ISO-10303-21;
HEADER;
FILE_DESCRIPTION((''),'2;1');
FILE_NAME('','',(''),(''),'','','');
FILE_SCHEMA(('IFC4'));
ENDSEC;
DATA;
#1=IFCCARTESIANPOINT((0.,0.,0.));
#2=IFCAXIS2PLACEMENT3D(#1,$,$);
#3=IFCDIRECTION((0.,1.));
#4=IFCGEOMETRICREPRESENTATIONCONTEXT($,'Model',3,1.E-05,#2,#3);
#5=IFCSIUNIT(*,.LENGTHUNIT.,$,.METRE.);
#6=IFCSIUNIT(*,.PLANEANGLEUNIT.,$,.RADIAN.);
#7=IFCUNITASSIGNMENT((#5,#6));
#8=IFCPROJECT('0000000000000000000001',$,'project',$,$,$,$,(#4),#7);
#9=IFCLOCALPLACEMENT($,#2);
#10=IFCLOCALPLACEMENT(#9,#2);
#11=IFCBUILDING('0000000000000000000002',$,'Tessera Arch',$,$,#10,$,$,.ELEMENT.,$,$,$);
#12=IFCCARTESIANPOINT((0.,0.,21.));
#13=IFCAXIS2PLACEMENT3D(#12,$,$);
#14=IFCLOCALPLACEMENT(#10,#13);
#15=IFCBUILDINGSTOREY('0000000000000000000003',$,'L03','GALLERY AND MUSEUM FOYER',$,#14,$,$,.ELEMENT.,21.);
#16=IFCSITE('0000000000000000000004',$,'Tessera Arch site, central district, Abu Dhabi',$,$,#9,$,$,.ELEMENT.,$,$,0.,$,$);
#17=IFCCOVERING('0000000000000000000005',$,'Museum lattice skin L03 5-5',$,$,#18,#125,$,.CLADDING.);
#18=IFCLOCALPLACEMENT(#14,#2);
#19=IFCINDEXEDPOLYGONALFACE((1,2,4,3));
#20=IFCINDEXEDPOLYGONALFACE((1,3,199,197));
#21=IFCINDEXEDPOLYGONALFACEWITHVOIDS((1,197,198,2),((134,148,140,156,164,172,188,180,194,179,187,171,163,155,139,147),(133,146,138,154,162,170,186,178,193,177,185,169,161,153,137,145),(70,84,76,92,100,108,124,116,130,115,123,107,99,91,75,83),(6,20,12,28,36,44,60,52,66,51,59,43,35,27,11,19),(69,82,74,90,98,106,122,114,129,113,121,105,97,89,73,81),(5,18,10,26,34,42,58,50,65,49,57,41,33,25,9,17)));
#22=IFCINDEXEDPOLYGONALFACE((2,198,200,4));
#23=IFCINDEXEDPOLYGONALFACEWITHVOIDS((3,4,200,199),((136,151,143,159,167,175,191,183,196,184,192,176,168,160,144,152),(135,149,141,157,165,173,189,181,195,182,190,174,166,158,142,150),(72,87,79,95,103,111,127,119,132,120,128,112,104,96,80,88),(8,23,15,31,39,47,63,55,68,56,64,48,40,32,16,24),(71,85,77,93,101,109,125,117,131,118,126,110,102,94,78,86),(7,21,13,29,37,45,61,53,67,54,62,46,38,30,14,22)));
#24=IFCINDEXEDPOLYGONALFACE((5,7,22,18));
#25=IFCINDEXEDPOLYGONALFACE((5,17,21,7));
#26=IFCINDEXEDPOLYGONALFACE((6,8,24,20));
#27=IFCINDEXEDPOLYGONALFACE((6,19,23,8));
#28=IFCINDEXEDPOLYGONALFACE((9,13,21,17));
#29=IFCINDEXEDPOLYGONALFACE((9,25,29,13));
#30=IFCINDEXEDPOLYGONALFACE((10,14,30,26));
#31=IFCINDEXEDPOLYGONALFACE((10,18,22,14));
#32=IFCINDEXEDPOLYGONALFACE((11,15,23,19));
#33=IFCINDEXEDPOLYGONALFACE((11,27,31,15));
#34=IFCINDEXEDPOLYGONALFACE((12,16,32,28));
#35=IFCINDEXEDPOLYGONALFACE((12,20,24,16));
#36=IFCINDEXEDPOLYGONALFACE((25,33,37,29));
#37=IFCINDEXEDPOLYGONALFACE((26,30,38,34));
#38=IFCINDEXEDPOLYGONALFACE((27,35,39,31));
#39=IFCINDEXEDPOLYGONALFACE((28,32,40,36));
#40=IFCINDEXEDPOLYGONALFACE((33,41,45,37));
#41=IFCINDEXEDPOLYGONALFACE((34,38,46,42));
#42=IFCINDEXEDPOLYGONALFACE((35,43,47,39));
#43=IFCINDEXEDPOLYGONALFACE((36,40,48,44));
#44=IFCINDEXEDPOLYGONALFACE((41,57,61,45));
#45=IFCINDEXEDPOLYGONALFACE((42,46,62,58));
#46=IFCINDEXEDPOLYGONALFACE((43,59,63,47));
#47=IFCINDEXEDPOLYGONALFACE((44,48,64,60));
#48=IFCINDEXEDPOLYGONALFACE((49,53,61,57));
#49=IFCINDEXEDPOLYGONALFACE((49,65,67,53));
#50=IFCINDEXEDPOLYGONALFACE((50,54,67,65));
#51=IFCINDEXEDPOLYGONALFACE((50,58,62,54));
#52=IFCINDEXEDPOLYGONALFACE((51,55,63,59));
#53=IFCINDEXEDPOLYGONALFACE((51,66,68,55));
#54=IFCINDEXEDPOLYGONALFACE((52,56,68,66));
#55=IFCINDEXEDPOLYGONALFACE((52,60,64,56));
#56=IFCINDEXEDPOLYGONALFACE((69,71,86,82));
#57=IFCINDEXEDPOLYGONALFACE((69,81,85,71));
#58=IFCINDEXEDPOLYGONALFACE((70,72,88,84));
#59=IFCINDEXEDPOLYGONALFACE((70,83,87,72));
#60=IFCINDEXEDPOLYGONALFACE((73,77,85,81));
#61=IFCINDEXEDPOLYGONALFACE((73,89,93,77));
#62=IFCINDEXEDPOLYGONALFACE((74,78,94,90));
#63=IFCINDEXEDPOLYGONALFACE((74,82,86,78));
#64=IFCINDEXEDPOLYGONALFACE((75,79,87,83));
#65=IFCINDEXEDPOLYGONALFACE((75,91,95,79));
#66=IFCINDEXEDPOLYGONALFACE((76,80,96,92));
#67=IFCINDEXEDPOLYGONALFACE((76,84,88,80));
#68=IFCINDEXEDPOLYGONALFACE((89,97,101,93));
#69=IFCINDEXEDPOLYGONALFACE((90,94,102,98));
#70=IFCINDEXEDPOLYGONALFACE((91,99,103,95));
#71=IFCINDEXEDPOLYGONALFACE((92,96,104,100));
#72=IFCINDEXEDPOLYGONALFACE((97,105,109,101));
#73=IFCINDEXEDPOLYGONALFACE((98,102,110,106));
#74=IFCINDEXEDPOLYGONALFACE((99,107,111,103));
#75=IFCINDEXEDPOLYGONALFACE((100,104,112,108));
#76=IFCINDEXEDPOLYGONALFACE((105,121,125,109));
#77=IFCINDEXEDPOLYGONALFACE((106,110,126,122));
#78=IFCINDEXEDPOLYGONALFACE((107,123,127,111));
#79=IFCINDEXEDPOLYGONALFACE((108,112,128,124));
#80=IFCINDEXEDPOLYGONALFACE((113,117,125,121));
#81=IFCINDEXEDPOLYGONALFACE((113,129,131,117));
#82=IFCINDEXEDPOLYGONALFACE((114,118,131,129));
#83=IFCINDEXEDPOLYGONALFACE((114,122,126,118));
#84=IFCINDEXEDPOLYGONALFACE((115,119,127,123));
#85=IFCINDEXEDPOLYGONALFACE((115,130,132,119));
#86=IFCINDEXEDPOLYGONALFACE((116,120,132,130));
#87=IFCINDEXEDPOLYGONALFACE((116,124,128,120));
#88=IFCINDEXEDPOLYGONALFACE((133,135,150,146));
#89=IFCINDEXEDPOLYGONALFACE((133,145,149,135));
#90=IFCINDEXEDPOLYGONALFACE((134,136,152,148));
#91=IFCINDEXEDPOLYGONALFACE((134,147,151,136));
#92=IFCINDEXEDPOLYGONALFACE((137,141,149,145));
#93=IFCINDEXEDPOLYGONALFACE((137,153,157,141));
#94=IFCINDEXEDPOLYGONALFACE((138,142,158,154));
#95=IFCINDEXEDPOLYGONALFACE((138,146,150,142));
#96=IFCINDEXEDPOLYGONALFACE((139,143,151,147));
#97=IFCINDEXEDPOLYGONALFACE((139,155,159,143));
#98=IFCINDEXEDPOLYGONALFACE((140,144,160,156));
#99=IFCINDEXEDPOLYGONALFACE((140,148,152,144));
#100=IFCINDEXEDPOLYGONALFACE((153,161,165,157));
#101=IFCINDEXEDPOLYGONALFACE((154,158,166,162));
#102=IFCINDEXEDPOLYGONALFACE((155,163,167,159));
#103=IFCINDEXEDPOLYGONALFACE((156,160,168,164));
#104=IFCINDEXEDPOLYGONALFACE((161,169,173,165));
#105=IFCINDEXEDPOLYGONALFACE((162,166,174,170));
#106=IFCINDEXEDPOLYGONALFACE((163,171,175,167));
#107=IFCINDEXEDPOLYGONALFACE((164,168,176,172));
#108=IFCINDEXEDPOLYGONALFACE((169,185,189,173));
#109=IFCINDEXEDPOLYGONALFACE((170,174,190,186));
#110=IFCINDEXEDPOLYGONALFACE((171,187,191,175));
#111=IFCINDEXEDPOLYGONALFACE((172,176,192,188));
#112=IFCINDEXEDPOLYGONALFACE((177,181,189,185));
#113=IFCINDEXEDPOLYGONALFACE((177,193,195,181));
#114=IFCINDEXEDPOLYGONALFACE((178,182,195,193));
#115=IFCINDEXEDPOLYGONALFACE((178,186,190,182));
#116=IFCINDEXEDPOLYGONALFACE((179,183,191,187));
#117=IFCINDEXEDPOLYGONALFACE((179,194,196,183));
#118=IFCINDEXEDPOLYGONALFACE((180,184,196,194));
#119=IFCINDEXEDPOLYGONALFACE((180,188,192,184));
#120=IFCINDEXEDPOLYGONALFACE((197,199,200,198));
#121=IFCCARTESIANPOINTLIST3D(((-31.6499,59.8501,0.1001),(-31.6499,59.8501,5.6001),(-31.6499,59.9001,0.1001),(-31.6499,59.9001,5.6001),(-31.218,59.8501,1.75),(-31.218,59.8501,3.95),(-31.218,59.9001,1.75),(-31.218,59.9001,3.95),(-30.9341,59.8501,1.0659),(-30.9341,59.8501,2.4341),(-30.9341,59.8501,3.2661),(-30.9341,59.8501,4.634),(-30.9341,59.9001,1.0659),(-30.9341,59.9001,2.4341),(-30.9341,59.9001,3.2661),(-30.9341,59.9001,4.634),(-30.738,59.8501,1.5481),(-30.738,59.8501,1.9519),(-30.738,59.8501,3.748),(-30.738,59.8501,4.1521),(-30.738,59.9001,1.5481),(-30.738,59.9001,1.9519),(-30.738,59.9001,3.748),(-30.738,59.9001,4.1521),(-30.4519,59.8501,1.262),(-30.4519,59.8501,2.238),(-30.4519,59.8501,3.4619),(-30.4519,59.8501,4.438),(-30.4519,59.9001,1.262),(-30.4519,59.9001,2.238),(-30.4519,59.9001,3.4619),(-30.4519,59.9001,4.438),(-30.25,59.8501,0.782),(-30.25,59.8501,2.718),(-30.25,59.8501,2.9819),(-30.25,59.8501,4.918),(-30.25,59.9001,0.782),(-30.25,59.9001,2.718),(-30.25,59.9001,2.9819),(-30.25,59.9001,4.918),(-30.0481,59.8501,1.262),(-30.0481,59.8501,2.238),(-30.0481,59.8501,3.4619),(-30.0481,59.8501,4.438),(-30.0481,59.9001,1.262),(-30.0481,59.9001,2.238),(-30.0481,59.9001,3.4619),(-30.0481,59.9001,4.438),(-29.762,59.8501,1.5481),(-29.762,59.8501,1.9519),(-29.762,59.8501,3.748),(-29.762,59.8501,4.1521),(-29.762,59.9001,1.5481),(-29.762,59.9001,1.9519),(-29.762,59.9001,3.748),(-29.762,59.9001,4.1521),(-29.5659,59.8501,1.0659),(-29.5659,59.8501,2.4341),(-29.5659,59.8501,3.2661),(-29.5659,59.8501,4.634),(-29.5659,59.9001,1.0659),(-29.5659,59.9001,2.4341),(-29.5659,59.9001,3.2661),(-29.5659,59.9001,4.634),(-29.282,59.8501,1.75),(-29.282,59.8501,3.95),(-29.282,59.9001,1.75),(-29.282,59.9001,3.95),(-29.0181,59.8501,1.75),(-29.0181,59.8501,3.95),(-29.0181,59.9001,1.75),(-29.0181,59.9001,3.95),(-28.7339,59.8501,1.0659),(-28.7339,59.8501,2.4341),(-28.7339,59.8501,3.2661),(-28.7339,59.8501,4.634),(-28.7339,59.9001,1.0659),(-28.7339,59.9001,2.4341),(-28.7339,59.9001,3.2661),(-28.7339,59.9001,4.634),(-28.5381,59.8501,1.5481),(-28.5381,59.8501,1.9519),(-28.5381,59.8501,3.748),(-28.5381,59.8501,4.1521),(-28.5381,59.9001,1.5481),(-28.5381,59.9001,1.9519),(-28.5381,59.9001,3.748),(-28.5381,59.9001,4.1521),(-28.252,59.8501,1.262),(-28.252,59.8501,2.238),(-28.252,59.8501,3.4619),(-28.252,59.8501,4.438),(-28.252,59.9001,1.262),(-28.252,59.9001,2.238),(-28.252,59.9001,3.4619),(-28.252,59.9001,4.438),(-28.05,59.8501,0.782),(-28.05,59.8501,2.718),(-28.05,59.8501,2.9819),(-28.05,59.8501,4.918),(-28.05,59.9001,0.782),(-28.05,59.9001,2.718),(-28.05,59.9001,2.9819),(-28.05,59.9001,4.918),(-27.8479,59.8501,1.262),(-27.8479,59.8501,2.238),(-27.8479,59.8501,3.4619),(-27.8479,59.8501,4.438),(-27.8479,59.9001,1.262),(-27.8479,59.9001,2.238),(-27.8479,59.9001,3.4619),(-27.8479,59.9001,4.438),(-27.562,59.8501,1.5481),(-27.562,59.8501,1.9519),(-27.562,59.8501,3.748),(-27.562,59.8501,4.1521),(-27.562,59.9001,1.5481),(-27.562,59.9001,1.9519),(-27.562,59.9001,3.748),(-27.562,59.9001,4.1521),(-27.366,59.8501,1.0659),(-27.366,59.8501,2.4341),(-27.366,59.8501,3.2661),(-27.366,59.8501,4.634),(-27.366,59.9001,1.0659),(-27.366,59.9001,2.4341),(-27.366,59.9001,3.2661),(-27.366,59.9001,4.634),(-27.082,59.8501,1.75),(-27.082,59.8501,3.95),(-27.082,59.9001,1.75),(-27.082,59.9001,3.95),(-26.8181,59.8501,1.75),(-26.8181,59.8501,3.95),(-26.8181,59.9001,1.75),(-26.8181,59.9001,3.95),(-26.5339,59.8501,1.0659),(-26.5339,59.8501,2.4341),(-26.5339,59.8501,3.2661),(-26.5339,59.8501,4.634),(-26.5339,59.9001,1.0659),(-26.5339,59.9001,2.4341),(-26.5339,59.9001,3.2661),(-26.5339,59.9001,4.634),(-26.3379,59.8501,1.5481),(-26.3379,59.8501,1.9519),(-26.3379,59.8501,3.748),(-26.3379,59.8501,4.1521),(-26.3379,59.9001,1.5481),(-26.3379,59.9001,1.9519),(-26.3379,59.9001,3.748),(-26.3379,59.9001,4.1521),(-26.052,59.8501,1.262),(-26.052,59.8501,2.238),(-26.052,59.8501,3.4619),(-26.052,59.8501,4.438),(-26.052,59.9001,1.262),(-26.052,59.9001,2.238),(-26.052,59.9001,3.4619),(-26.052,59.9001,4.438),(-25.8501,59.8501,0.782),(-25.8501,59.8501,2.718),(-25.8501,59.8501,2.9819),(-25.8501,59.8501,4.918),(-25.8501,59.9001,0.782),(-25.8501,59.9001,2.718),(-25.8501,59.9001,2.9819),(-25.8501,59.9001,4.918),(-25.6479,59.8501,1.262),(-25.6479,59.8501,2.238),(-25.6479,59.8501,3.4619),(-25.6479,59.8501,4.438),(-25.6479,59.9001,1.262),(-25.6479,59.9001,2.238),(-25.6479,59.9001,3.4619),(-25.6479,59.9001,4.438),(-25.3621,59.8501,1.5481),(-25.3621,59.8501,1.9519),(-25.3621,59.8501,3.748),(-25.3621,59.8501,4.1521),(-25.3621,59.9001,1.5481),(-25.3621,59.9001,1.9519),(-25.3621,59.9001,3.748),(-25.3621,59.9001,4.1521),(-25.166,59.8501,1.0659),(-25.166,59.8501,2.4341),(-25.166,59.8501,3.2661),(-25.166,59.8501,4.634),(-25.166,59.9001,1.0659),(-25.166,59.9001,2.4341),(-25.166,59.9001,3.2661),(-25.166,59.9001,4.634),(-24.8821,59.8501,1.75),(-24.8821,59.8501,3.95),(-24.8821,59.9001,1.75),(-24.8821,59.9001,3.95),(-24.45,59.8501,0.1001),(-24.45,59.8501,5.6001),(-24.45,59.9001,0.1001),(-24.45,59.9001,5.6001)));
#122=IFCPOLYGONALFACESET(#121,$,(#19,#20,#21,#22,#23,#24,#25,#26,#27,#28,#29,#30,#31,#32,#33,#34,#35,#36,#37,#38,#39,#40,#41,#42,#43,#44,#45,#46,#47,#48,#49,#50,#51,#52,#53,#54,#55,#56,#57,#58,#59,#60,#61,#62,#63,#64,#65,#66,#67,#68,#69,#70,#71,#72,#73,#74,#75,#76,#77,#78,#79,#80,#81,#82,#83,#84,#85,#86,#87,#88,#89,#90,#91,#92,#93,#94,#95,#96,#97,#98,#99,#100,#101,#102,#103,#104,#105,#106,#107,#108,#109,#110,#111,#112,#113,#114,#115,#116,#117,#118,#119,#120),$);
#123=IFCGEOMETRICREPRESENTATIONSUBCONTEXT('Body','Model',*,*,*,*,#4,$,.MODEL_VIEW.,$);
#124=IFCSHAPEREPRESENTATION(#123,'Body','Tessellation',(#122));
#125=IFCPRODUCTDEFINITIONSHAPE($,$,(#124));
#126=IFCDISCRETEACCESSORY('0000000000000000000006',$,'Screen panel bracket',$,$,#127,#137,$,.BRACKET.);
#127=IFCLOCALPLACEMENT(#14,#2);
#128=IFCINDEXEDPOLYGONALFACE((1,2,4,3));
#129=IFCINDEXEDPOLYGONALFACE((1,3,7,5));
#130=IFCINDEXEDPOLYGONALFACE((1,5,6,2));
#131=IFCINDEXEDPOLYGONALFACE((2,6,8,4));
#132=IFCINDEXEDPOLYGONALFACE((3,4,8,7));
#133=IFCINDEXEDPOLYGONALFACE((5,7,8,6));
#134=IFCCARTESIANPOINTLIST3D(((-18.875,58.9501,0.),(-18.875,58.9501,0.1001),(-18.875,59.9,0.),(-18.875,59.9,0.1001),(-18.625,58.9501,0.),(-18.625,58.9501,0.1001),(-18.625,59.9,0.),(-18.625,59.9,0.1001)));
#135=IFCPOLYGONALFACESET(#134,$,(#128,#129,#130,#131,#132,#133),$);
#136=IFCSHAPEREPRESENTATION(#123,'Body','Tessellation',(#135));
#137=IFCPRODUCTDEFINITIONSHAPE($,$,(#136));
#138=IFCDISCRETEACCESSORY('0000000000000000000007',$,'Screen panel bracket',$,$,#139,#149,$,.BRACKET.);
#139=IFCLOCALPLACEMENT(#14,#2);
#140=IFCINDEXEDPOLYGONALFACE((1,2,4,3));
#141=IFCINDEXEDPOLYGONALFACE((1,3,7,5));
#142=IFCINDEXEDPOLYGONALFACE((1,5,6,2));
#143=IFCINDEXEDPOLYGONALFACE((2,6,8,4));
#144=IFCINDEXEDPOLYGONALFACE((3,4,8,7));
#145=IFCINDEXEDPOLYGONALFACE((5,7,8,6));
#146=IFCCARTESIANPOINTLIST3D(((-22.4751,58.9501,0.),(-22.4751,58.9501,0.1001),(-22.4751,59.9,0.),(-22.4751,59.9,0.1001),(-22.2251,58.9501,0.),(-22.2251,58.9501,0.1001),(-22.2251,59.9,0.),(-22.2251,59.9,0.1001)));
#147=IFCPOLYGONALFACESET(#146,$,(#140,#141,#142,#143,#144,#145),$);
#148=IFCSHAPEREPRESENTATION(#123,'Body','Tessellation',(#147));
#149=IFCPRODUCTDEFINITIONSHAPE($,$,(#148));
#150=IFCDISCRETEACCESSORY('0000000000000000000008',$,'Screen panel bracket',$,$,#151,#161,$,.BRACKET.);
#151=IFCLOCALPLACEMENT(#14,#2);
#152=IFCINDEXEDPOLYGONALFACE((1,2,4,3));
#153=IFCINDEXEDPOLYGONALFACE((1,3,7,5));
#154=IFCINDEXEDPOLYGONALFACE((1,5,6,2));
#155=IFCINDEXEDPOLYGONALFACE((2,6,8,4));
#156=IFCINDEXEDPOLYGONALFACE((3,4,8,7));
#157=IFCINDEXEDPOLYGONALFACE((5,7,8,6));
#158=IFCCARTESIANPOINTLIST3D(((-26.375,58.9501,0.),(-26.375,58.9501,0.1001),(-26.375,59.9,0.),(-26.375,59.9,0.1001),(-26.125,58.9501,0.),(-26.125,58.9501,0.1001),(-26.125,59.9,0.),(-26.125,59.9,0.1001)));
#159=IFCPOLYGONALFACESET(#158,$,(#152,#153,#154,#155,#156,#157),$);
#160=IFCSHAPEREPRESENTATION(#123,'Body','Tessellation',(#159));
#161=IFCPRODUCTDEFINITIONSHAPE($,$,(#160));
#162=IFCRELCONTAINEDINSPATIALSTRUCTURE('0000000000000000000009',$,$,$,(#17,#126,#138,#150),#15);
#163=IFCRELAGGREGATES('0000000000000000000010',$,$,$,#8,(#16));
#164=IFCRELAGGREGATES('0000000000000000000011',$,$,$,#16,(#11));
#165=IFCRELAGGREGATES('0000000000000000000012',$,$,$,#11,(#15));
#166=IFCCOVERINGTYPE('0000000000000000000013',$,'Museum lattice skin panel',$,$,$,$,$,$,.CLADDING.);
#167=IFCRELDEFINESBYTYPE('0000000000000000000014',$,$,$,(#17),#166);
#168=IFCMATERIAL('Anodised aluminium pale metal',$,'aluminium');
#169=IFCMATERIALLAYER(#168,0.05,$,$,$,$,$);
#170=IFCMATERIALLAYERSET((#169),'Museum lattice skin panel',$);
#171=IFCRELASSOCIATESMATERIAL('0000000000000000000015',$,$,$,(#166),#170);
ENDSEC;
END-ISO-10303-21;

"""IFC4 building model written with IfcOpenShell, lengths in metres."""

from ifc_helpers import new_model, si_unit, direction, frame, origin, origin_2d, place, context, subcontext, project, spatial, polyline, rectangle, outline, extrude, material, layer, layer_set, type_object, element, save


model = new_model("IFC4")

# Units and contexts
model_context = context("Model", 3, precision=1e-05, world=origin(), true_north=direction((0.0, 1.0)))
body_context = subcontext(model_context, "Body", "Model", "MODEL_VIEW")
ifc_project = project(units=[si_unit("LENGTHUNIT", "METRE"), si_unit("PLANEANGLEUNIT", "RADIAN")], contexts=[model_context])

# Site, building, storey
site_placement = place(None, origin())
site = spatial("IfcSite", under=ifc_project, at=site_placement, Name="Tessera Arch site, central district, Abu Dhabi", CompositionType="ELEMENT", RefElevation=0.0)
building_placement = place(site_placement, origin())
building = spatial("IfcBuilding", under=site, at=building_placement, Name="Tessera Arch", CompositionType="ELEMENT")
storey_placement = place(building_placement, frame((0.0, 0.0, 21.0)))
storey = spatial("IfcBuildingStorey", under=building, at=storey_placement, Name="L03", Description="GALLERY AND MUSEUM FOYER", CompositionType="ELEMENT", Elevation=21.0)

# Covering
ifc_material_1 = material(Name="Anodised aluminium pale metal", Category="aluminium")
ifc_layer_1 = layer(ifc_material_1, 0.05)
ifc_layer_set_1 = layer_set([ifc_layer_1], Name="Museum lattice skin panel")
covering_type = type_object("IfcCoveringType", Name="Museum lattice skin panel", PredefinedType="CLADDING", material=ifc_layer_set_1)
covering_1_placement = place(storey_placement, frame((-24.45, 59.8501, 5.6001), z_axis=(0.0, -1.0, 0.0), x_axis=(-1.0, 0.0, 0.0)))
element("IfcCovering", 1, at=covering_1_placement, inside=storey, type_object=covering_type, Name="Museum lattice skin L03 5-5", PredefinedType="CLADDING", context=body_context, shape_type="SweptSolid", body=[
    extrude(outline(polyline([(0.0, 0.0), (7.2, 0.0), (7.2, 5.5), (0.0, 5.5), (0.0, 0.0)]), holes=[polyline([(2.3682, 3.8501), (1.8879, 3.6482), (2.084, 3.166), (1.6021, 3.3621), (1.4001, 2.8821), (1.198, 3.3621), (0.7161, 3.166), (0.9121, 3.6482), (0.4321, 3.8501), (0.9121, 4.052), (0.7161, 4.5342), (1.198, 4.3381), (1.4001, 4.8181), (1.6021, 4.3381), (2.084, 4.5342), (1.8879, 4.052), (2.3682, 3.8501)]), polyline([(2.3682, 1.6501), (1.8879, 1.448), (2.084, 0.9661), (1.6021, 1.1621), (1.4001, 0.6821), (1.198, 1.1621), (0.7161, 0.9661), (0.9121, 1.448), (0.4321, 1.6501), (0.9121, 1.8521), (0.7161, 2.334), (1.198, 2.1382), (1.4001, 2.6182), (1.6021, 2.1382), (2.084, 2.334), (1.8879, 1.8521), (2.3682, 1.6501)]), polyline([(4.5681, 3.8501), (4.0881, 3.6482), (4.2839, 3.166), (3.802, 3.3621), (3.6001, 2.8821), (3.3979, 3.3621), (2.916, 3.166), (3.1121, 3.6482), (2.6321, 3.8501), (3.1121, 4.052), (2.916, 4.5342), (3.3979, 4.3381), (3.6001, 4.8181), (3.802, 4.3381), (4.2839, 4.5342), (4.0881, 4.052), (4.5681, 3.8501)]), polyline([(4.5681, 1.6501), (4.0881, 1.448), (4.2839, 0.9661), (3.802, 1.1621), (3.6001, 0.6821), (3.3979, 1.1621), (2.916, 0.9661), (3.1121, 1.448), (2.6321, 1.6501), (3.1121, 1.8521), (2.916, 2.334), (3.3979, 2.1382), (3.6001, 2.6182), (3.802, 2.1382), (4.2839, 2.334), (4.0881, 1.8521), (4.5681, 1.6501)]), polyline([(6.7681, 3.8501), (6.2881, 3.6482), (6.4841, 3.166), (6.002, 3.3621), (5.8, 2.8821), (5.5981, 3.3621), (5.116, 3.166), (5.312, 3.6482), (4.832, 3.8501), (5.312, 4.052), (5.116, 4.5342), (5.5981, 4.3381), (5.8, 4.8181), (6.002, 4.3381), (6.4841, 4.5342), (6.2881, 4.052), (6.7681, 3.8501)]), polyline([(6.7681, 1.6501), (6.2881, 1.448), (6.4841, 0.9661), (6.002, 1.1621), (5.8, 0.6821), (5.5981, 1.1621), (5.116, 0.9661), (5.312, 1.448), (4.832, 1.6501), (5.312, 1.8521), (5.116, 2.334), (5.5981, 2.1382), (5.8, 2.6182), (6.002, 2.1382), (6.4841, 2.334), (6.2881, 1.8521), (6.7681, 1.6501)])]), origin(), (0.0, 0.0, -1.0), 0.05),
])

# Discrete accessories
for number, where, z_axis, x_axis, name in (
    (2, (-18.75, 59.425, 0.0), (0.0, 0.0, 1.0), (0.0, 1.0, 0.0), "Screen panel bracket"),
    (3, (-22.3501, 59.425, 0.0), (0.0, 0.0, 1.0), (0.0, 1.0, 0.0), "Screen panel bracket"),
    (4, (-26.25, 59.425, 0.0), (0.0, 0.0, 1.0), (0.0, 1.0, 0.0), "Screen panel bracket"),
):
    element("IfcDiscreteAccessory", number, at=place(storey_placement, frame(where, z_axis=z_axis, x_axis=x_axis)), inside=storey, Name=name, PredefinedType="BRACKET", context=body_context, shape_type="SweptSolid", body=[
        extrude(rectangle(XDim=0.95, YDim=0.25, at=origin_2d()), origin(), (0.0, 0.0, 1.0), 0.1001),
    ])

save(model, "model.ifc")
